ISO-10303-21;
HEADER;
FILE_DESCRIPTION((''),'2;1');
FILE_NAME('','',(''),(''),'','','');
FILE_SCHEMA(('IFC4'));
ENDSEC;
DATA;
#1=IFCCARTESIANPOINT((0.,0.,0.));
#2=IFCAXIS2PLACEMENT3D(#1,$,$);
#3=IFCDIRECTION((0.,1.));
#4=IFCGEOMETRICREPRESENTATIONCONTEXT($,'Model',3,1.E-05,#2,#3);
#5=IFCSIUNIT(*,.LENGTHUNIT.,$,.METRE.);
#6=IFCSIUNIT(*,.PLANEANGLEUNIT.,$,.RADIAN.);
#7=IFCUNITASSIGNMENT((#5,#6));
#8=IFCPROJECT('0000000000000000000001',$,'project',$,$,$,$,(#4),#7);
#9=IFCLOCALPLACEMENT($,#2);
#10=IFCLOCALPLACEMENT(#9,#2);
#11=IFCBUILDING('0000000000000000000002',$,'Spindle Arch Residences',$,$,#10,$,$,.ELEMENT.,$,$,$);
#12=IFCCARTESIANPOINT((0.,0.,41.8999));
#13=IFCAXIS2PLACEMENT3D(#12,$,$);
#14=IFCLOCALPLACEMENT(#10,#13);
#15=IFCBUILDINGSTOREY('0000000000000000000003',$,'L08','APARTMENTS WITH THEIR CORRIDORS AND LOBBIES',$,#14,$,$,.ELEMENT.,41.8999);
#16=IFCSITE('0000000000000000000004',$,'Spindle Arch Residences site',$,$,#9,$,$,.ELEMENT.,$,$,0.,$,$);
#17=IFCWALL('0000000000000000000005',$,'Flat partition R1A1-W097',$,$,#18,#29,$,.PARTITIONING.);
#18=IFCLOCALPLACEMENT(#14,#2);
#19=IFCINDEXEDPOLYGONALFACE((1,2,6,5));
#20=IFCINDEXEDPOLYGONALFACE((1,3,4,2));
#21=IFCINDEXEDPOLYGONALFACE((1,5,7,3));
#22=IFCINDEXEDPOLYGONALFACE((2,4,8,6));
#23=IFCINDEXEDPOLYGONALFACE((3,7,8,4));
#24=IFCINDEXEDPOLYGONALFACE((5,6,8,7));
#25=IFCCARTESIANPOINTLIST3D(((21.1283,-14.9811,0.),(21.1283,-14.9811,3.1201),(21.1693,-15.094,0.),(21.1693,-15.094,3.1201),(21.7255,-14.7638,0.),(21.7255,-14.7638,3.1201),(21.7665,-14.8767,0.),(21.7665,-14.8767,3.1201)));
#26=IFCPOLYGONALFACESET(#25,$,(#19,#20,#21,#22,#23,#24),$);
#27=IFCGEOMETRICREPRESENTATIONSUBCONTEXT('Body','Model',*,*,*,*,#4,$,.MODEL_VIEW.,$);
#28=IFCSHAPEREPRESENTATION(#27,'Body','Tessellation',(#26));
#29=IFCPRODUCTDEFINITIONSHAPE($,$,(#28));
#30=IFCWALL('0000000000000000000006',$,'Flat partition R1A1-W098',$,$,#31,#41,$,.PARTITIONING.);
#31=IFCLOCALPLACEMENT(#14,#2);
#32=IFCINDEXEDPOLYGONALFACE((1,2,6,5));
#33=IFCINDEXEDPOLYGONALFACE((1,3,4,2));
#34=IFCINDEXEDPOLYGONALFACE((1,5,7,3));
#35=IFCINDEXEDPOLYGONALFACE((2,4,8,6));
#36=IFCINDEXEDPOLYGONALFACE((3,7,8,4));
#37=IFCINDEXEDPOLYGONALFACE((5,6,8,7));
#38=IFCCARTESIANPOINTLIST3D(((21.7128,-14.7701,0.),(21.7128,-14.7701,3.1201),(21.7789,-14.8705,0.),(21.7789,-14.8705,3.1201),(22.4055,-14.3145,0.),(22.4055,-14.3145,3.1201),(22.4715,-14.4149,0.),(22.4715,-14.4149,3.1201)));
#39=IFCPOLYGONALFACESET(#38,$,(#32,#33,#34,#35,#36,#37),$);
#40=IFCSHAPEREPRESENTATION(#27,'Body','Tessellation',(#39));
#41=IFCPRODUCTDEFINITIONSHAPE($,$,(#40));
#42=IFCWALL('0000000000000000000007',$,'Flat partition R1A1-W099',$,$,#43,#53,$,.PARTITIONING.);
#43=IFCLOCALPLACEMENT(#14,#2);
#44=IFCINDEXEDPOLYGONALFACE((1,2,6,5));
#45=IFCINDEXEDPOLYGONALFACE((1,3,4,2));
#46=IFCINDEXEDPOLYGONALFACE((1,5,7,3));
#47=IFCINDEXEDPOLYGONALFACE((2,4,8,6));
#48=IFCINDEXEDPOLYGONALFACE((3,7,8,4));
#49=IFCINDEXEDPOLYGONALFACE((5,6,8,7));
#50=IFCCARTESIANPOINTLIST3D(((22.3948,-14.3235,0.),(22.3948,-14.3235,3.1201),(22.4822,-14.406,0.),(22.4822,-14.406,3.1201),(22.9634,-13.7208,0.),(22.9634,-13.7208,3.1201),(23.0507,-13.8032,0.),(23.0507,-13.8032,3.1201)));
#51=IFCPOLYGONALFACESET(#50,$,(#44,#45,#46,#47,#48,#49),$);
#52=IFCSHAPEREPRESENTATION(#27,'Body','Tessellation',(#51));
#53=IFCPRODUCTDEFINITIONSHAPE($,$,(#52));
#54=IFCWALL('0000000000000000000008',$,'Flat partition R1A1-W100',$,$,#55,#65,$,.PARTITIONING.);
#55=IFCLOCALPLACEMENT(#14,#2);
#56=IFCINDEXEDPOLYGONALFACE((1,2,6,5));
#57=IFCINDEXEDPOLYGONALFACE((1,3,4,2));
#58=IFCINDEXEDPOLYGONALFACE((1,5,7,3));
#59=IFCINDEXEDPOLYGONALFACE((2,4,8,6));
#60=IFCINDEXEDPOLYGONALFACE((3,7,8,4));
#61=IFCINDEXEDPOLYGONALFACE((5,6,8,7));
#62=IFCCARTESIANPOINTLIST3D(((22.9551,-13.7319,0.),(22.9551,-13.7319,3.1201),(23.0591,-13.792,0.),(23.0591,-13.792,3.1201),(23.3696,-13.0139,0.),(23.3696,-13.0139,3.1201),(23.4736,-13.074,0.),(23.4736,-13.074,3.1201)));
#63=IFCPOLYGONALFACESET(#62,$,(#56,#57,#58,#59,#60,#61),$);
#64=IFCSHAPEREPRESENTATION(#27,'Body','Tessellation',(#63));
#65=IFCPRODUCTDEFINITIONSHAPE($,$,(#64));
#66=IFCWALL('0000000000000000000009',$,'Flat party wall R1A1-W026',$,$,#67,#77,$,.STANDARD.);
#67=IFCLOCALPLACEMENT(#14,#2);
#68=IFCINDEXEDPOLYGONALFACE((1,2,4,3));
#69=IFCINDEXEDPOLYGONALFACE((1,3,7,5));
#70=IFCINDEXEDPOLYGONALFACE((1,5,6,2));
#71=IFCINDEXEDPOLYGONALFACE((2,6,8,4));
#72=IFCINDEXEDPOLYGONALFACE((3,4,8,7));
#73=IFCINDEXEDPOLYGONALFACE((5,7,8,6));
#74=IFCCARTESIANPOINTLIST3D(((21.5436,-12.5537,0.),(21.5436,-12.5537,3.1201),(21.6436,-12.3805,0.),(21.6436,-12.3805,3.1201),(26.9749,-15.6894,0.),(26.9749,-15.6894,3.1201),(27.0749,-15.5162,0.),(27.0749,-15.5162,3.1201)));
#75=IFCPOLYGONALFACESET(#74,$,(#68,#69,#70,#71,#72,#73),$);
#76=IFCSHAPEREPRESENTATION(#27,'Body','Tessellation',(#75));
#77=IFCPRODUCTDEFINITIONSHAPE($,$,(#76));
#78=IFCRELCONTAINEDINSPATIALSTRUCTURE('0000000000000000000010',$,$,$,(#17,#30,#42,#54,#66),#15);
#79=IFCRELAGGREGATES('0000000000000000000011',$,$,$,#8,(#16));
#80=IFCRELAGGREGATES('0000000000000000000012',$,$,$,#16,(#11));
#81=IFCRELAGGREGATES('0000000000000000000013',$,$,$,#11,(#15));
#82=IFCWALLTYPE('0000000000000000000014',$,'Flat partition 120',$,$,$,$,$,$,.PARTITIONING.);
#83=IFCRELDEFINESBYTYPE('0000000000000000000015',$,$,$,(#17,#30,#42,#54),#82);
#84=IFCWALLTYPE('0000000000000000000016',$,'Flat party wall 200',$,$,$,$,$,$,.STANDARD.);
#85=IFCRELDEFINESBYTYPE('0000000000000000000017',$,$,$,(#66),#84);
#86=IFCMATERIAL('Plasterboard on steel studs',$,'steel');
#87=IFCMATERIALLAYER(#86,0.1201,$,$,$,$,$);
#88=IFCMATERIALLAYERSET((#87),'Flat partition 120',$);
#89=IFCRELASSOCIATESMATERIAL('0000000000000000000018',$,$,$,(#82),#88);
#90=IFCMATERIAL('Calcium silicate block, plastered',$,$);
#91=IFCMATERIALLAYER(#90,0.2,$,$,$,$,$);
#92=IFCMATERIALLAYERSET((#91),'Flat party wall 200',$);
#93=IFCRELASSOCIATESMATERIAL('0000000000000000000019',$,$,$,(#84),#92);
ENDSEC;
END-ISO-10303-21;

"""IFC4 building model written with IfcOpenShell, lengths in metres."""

from ifc_helpers import new_model, si_unit, direction, frame, frame_2d, origin, place, context, subcontext, project, spatial, rectangle, extrude, material, layer, layer_set, type_object, element, save


model = new_model("IFC4")

# Units and contexts
model_context = context("Model", 3, precision=1e-05, world=origin(), true_north=direction((0.0, 1.0)))
body_context = subcontext(model_context, "Body", "Model", "MODEL_VIEW")
ifc_project = project(units=[si_unit("LENGTHUNIT", "METRE"), si_unit("PLANEANGLEUNIT", "RADIAN")], contexts=[model_context])

# Site, building, storey
site_placement = place(None, origin())
site = spatial("IfcSite", under=ifc_project, at=site_placement, Name="Spindle Arch Residences site", CompositionType="ELEMENT", RefElevation=0.0)
building_placement = place(site_placement, origin())
building = spatial("IfcBuilding", under=site, at=building_placement, Name="Spindle Arch Residences", CompositionType="ELEMENT")
storey_placement = place(building_placement, frame((0.0, 0.0, 41.8999)))
storey = spatial("IfcBuildingStorey", under=building, at=storey_placement, Name="L08", Description="APARTMENTS WITH THEIR CORRIDORS AND LOBBIES", CompositionType="ELEMENT", Elevation=41.8999)

# Shared definitions
ifc_material_1 = material(Name="Plasterboard on steel studs", Category="steel")
ifc_layer_1 = layer(ifc_material_1, 0.1201)
ifc_layer_set_1 = layer_set([ifc_layer_1], Name="Flat partition 120")
wall_type_1 = type_object("IfcWallType", Name="Flat partition 120", PredefinedType="PARTITIONING", material=ifc_layer_set_1)

# Walls
wall_1_placement = place(storey_placement, frame((21.1487, -15.0376, 0.0), z_axis=(0.0, 0.0, 1.0), x_axis=(0.939726, 0.341928, 0.0)))
element("IfcWall", 1, at=wall_1_placement, inside=storey, type_object=wall_type_1, Name="Flat partition R1A1-W097", PredefinedType="PARTITIONING", context=body_context, shape_type="SweptSolid", body=[
    extrude(rectangle(XDim=0.6355, YDim=0.1201, at=frame_2d((0.3179, 0.0))), origin(), (0.0, 0.0, 1.0), 3.1201),
])
wall_2_placement = place(storey_placement, frame((21.7458, -14.8203, 0.0), z_axis=(0.0, 0.0, 1.0), x_axis=(0.835478, 0.549525, 0.0)))
element("IfcWall", 2, at=wall_2_placement, inside=storey, type_object=wall_type_1, Name="Flat partition R1A1-W098", PredefinedType="PARTITIONING", context=body_context, shape_type="SweptSolid", body=[
    extrude(rectangle(XDim=0.8291, YDim=0.1201, at=frame_2d((0.4146, 0.0))), origin(), (0.0, 0.0, 1.0), 3.1201),
])
wall_3_placement = place(storey_placement, frame((22.4385, -14.3647, 0.0), z_axis=(0.0, 0.0, 1.0), x_axis=(0.686182, 0.72743, 0.0)))
element("IfcWall", 3, at=wall_3_placement, inside=storey, type_object=wall_type_1, Name="Flat partition R1A1-W099", PredefinedType="PARTITIONING", context=body_context, shape_type="SweptSolid", body=[
    extrude(rectangle(XDim=0.8286, YDim=0.1201, at=frame_2d((0.4143, 0.0))), origin(), (0.0, 0.0, 1.0), 3.1201),
])
wall_4_placement = place(storey_placement, frame((23.0071, -13.762, 0.0), z_axis=(0.0, 0.0, 1.0), x_axis=(0.500003, 0.866024, 0.0)))
element("IfcWall", 4, at=wall_4_placement, inside=storey, type_object=wall_type_1, Name="Flat partition R1A1-W100", PredefinedType="PARTITIONING", context=body_context, shape_type="SweptSolid", body=[
    extrude(rectangle(XDim=0.8291, YDim=0.1201, at=frame_2d((0.4146, 0.0))), origin(), (0.0, 0.0, 1.0), 3.1201),
])
ifc_material_2 = material(Name="Calcium silicate block, plastered")
ifc_layer_2 = layer(ifc_material_2, 0.2)
ifc_layer_set_2 = layer_set([ifc_layer_2], Name="Flat party wall 200")
wall_type_2 = type_object("IfcWallType", Name="Flat party wall 200", PredefinedType="STANDARD", material=ifc_layer_set_2)
wall_5_placement = place(storey_placement, frame((27.0249, -15.6028, 0.0), z_axis=(0.0, 0.0, 1.0), x_axis=(-0.866031, 0.499991, 0.0)))
element("IfcWall", 5, at=wall_5_placement, inside=storey, type_object=wall_type_2, Name="Flat party wall R1A1-W026", PredefinedType="STANDARD", context=body_context, shape_type="SweptSolid", body=[
    extrude(rectangle(XDim=6.2715, YDim=0.2, at=frame_2d((3.1357, 0.0))), origin(), (0.0, 0.0, 1.0), 3.1201),
])

save(model, "model.ifc")
